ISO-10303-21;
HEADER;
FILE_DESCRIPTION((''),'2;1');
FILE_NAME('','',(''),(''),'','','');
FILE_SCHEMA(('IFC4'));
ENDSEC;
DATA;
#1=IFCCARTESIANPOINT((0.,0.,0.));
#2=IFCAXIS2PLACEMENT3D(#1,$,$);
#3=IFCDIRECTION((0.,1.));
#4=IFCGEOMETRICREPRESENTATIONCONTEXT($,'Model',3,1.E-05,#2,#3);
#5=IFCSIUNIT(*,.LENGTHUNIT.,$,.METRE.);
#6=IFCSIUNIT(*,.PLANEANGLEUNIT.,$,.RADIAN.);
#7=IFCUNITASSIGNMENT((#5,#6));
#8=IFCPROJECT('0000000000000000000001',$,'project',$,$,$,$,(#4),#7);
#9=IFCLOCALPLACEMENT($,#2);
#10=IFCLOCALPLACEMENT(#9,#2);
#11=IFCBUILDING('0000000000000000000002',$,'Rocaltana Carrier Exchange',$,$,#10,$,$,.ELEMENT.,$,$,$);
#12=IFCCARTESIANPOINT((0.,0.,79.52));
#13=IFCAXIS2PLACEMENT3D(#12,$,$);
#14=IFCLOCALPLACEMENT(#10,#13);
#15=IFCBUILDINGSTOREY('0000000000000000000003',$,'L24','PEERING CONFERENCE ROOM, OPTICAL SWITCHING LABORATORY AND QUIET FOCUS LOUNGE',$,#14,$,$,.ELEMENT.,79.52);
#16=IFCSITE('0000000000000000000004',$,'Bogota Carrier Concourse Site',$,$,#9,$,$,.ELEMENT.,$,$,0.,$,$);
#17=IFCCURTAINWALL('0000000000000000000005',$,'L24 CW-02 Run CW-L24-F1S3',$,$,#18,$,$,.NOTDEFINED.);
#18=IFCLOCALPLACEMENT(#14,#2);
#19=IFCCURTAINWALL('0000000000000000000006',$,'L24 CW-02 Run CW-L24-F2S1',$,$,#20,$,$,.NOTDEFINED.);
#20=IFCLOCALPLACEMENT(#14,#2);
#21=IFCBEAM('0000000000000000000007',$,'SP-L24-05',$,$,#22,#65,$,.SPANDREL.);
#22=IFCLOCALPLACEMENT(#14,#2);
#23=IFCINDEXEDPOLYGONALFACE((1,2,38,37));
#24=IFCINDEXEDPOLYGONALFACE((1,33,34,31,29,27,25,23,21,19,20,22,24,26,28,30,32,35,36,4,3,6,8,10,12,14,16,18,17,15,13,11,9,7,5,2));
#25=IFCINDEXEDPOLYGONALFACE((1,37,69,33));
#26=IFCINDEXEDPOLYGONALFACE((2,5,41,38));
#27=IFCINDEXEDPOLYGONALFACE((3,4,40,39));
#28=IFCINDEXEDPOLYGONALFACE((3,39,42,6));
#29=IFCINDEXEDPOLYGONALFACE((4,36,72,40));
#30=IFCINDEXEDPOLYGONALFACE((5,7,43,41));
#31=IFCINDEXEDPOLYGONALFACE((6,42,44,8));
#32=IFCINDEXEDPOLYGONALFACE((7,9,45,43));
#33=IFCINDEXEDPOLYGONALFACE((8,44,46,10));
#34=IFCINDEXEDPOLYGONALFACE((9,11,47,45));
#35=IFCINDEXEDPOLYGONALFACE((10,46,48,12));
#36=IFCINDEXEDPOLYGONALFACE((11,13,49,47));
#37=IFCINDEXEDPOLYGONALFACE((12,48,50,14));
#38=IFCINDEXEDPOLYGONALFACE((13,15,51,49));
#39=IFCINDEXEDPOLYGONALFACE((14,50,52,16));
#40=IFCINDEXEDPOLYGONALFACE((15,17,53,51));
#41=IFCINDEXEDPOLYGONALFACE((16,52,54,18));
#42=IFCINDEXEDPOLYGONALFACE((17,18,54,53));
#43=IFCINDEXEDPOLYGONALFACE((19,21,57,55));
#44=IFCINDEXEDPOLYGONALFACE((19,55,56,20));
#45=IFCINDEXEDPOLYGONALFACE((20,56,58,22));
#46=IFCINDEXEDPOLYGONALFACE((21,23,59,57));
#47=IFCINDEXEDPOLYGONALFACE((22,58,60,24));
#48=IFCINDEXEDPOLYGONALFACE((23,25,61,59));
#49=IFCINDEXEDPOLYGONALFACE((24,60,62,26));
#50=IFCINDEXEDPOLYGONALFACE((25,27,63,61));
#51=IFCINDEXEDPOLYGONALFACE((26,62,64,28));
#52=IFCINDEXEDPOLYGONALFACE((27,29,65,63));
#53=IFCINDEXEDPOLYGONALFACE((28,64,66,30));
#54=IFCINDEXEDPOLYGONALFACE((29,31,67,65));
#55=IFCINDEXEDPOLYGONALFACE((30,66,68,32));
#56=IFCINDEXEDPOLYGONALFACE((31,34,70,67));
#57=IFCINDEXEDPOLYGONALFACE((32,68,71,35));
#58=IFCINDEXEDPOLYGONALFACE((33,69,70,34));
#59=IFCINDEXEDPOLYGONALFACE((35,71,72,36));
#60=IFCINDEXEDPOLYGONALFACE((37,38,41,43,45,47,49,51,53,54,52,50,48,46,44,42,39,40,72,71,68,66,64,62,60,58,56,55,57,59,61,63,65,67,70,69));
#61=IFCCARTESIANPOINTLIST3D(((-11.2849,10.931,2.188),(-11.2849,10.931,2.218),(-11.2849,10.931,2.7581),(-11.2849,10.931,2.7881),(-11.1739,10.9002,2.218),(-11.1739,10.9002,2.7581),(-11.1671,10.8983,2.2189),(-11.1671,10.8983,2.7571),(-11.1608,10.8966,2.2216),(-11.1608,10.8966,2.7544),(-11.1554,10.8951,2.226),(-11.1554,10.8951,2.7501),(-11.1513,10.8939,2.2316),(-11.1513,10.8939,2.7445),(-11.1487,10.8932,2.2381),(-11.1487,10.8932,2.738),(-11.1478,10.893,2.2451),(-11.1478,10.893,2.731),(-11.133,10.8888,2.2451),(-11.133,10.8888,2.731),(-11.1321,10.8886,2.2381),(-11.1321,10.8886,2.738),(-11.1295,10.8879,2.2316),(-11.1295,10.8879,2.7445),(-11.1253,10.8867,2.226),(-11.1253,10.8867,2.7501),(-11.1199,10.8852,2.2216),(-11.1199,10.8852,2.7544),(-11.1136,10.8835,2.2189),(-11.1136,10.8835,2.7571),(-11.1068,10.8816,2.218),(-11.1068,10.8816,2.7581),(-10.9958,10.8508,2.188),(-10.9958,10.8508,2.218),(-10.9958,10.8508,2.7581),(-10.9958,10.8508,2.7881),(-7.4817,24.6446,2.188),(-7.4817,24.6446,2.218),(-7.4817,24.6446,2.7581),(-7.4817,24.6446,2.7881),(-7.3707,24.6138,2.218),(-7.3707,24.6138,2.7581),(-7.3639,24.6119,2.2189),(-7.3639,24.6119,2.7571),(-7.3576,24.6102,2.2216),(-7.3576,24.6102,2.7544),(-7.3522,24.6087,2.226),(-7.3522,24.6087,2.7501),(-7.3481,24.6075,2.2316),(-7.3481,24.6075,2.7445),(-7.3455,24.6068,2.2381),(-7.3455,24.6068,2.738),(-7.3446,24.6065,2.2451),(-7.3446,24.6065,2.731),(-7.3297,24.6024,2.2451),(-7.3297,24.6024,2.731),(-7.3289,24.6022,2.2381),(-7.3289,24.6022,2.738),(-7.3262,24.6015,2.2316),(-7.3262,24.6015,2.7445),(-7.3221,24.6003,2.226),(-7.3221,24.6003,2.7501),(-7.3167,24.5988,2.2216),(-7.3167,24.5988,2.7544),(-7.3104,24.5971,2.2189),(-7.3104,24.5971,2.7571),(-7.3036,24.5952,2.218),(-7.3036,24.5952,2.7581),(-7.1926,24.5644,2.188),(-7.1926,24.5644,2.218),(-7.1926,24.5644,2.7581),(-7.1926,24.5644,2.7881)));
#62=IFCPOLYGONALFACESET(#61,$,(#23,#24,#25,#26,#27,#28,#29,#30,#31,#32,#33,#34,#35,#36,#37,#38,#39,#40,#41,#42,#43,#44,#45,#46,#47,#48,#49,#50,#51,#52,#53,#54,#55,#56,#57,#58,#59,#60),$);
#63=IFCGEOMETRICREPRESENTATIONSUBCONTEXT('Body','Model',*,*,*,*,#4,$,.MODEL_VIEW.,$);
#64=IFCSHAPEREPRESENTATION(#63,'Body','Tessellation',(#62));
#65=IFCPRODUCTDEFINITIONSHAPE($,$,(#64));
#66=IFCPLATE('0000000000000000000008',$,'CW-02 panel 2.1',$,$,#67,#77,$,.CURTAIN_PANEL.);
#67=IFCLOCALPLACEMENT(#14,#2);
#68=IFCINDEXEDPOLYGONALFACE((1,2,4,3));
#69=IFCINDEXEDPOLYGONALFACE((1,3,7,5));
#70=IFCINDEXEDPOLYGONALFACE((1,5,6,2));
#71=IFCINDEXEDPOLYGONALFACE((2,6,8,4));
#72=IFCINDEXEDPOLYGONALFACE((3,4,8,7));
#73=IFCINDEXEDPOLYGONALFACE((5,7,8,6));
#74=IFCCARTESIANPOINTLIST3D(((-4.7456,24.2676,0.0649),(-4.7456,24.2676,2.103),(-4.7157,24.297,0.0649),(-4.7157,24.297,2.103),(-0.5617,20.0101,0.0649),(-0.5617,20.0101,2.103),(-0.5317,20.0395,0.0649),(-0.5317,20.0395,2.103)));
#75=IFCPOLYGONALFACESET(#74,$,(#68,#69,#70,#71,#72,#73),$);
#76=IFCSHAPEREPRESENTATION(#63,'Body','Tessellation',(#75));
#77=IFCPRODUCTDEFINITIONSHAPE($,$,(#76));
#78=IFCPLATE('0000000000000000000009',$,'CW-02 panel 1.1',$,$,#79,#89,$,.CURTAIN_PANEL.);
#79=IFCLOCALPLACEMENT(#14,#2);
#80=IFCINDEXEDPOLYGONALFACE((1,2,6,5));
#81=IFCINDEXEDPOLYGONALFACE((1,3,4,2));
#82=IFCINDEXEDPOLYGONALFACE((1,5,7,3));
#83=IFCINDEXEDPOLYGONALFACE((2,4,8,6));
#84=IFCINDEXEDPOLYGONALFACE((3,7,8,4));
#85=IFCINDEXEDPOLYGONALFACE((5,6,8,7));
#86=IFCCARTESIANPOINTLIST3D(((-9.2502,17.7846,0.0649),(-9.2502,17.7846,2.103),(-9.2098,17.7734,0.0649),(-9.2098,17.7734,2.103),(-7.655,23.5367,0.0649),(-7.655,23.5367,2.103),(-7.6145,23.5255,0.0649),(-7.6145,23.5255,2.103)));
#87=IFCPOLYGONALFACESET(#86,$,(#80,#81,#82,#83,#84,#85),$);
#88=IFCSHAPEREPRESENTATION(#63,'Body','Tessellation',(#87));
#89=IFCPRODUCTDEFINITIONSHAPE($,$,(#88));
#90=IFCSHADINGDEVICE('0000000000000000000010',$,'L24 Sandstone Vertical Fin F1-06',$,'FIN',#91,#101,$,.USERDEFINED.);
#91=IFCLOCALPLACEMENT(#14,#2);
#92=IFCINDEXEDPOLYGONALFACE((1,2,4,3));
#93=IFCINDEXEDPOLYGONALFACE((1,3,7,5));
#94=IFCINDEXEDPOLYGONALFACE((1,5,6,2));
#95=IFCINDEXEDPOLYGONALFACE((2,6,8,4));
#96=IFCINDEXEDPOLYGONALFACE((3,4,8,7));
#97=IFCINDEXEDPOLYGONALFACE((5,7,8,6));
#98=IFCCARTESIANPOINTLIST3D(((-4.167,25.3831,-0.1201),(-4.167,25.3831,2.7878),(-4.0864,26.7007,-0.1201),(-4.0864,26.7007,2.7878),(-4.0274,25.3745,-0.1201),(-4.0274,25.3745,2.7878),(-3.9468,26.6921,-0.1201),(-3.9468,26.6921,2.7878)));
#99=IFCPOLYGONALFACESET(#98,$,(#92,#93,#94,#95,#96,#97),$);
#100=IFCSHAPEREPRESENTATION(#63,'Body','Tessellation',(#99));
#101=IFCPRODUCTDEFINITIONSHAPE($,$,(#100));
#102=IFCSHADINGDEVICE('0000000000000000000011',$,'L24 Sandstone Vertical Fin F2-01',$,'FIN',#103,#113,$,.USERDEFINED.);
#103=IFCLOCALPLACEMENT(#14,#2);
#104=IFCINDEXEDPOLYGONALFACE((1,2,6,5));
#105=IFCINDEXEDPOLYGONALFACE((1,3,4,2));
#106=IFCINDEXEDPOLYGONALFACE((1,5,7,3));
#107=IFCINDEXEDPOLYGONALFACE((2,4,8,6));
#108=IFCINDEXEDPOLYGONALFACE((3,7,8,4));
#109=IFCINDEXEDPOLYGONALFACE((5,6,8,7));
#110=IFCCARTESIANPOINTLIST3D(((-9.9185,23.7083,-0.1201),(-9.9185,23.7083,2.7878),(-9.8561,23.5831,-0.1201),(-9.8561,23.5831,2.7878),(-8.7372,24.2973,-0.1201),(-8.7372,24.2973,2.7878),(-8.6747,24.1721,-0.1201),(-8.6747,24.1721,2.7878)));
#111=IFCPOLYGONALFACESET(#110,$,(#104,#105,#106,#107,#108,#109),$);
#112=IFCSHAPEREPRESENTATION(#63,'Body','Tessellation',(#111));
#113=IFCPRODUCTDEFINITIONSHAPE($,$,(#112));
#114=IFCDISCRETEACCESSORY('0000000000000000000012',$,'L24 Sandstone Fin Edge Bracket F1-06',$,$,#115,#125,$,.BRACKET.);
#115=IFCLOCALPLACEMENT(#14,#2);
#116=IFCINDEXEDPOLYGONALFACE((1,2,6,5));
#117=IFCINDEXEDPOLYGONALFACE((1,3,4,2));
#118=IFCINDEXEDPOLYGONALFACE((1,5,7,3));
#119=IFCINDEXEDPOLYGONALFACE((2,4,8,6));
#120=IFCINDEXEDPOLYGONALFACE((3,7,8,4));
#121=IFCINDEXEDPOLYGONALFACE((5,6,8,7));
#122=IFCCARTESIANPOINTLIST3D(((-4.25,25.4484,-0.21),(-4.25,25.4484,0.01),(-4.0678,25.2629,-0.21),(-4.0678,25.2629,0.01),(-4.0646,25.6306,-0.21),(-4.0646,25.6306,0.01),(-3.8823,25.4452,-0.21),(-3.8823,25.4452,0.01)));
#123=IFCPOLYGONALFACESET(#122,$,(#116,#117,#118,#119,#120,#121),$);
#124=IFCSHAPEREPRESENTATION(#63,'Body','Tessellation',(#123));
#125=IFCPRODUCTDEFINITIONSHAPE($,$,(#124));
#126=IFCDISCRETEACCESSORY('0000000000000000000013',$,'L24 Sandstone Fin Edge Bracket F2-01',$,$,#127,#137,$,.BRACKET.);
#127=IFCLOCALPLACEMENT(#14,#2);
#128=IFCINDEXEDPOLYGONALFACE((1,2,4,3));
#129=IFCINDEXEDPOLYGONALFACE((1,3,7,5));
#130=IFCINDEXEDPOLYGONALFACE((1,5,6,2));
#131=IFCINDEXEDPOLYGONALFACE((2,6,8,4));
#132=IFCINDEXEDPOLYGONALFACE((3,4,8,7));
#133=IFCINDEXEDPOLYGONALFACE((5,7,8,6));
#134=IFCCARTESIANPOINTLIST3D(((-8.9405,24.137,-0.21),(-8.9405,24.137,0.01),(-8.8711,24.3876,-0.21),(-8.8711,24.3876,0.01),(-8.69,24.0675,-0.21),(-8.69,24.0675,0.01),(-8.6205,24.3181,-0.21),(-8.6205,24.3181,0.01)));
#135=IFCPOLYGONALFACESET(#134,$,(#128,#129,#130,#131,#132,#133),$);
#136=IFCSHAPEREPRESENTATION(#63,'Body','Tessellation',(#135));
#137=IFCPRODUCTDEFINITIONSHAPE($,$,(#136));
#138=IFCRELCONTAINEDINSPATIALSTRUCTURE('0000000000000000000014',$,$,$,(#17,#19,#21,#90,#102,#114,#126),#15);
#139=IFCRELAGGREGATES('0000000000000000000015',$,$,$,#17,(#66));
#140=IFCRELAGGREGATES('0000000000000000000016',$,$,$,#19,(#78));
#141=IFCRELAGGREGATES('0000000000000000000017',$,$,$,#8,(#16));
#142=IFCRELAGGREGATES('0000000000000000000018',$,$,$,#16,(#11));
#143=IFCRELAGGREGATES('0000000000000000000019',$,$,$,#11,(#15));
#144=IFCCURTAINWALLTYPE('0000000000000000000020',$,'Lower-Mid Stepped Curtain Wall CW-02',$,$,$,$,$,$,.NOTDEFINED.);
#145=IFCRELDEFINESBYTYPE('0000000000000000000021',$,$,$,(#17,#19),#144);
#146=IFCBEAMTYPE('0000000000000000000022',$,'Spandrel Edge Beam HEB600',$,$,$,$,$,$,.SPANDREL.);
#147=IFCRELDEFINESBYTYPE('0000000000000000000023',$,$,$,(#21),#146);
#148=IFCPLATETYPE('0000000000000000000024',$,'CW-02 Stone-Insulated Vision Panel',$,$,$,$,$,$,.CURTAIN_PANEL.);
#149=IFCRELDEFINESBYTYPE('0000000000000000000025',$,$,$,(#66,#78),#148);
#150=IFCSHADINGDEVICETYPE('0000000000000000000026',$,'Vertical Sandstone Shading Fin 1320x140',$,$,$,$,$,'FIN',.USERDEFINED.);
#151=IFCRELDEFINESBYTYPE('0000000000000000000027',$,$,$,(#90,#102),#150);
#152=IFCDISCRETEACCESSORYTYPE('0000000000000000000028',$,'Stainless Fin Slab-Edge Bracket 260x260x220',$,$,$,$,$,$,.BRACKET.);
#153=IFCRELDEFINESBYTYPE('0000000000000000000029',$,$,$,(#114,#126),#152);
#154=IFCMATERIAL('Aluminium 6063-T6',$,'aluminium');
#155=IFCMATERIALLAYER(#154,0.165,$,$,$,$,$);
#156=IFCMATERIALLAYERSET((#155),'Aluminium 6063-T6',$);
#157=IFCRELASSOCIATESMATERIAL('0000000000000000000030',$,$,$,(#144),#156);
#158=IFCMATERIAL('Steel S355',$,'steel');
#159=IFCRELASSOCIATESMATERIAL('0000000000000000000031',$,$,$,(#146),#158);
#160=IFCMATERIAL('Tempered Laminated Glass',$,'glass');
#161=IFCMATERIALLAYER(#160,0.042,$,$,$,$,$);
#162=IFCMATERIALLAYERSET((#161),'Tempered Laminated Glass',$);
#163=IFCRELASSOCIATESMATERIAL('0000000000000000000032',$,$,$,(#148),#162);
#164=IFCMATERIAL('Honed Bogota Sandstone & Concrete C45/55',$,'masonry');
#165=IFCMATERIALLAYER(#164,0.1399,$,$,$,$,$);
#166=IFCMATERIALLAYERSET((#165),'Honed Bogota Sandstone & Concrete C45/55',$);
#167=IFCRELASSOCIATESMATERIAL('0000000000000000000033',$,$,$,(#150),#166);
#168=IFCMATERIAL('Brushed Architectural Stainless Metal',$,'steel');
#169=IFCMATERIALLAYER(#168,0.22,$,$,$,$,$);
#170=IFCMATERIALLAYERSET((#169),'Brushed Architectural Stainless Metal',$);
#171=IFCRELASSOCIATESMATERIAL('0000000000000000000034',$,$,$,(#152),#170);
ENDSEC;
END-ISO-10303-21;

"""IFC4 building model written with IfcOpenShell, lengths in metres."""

from ifc_helpers import new_model, si_unit, direction, frame, origin, origin_2d, place, context, subcontext, project, spatial, rectangle, i_section, extrude, material, layer, layer_set, material_profile, profile_set, type_object, element, aggregate, save


model = new_model("IFC4")

# Units and contexts
model_context = context("Model", 3, precision=1e-05, world=origin(), true_north=direction((0.0, 1.0)))
body_context = subcontext(model_context, "Body", "Model", "MODEL_VIEW")
ifc_project = project(units=[si_unit("LENGTHUNIT", "METRE"), si_unit("PLANEANGLEUNIT", "RADIAN")], contexts=[model_context])

# Site, building, storey
site_placement = place(None, origin())
site = spatial("IfcSite", under=ifc_project, at=site_placement, Name="Bogota Carrier Concourse Site", CompositionType="ELEMENT", RefElevation=0.0)
building_placement = place(site_placement, origin())
building = spatial("IfcBuilding", under=site, at=building_placement, Name="Rocaltana Carrier Exchange", CompositionType="ELEMENT")
storey_placement = place(building_placement, frame((0.0, 0.0, 79.52)))
storey = spatial("IfcBuildingStorey", under=building, at=storey_placement, Name="L24", Description="PEERING CONFERENCE ROOM, OPTICAL SWITCHING LABORATORY AND QUIET FOCUS LOUNGE", CompositionType="ELEMENT", Elevation=79.52)

# Curtain wall
ifc_material_1 = material(Name="Aluminium 6063-T6", Category="aluminium")
ifc_layer_1 = layer(ifc_material_1, 0.165)
ifc_layer_set_1 = layer_set([ifc_layer_1], Name="Aluminium 6063-T6")
curtain_wall_type = type_object("IfcCurtainWallType", Name="Lower-Mid Stepped Curtain Wall CW-02", PredefinedType="NOTDEFINED", material=ifc_layer_set_1)
curtain_wall_1_placement = place(storey_placement, origin())
curtain_wall_1 = element("IfcCurtainWall", 1, at=curtain_wall_1_placement, inside=storey, type_object=curtain_wall_type, Name="L24 CW-02 Run CW-L24-F1S3", PredefinedType="NOTDEFINED")

# Curtain wall
curtain_wall_2_placement = place(storey_placement, origin())
curtain_wall_2 = element("IfcCurtainWall", 2, at=curtain_wall_2_placement, inside=storey, type_object=curtain_wall_type, Name="L24 CW-02 Run CW-L24-F2S1", PredefinedType="NOTDEFINED")

# Beam
ifc_material_2 = material(Name="Steel S355", Category="steel")
ifc_material_profile_1 = material_profile(ifc_material_2, i_section(OverallWidth=0.3, OverallDepth=0.6001, WebThickness=0.0154, FlangeThickness=0.03, FilletRadius=0.0271, at=origin_2d()), Name="HEB600")
ifc_profile_set_1 = profile_set([ifc_material_profile_1], Name="Steel S355")
beam_type_1 = type_object("IfcBeamType", Name="Spandrel Edge Beam HEB600", PredefinedType="SPANDREL", material=ifc_profile_set_1)
beam_1_placement = place(storey_placement, frame((-7.3372, 24.6045, 2.488), z_axis=(-0.267245, -0.963629, 0.0), x_axis=(0.963629, -0.267245, 0.0)))
element("IfcBeam", 3, at=beam_1_placement, inside=storey, type_object=beam_type_1, Name="SP-L24-05", PredefinedType="SPANDREL", context=body_context, shape_type="SweptSolid", body=[
    extrude(i_section(OverallWidth=0.3, OverallDepth=0.6001, WebThickness=0.0154, FlangeThickness=0.03, FilletRadius=0.0271, at=origin_2d()), origin(), (0.0, 0.0, 1.0), 14.2312),
])

# Plates
ifc_material_3 = material(Name="Tempered Laminated Glass", Category="glass")
ifc_layer_2 = layer(ifc_material_3, 0.042)
ifc_layer_set_2 = layer_set([ifc_layer_2], Name="Tempered Laminated Glass")
plate_type = type_object("IfcPlateType", Name="CW-02 Stone-Insulated Vision Panel", PredefinedType="CURTAIN_PANEL", material=ifc_layer_set_2)
plate_1_placement = place(storey_placement, frame((-2.6387, 22.1536, 0.0649), z_axis=(0.0, 0.0, 1.0), x_axis=(-0.700915, 0.713245, 0.0)))
plate_1 = element("IfcPlate", 4, at=plate_1_placement, type_object=plate_type, Name="CW-02 panel 2.1", PredefinedType="CURTAIN_PANEL", context=body_context, shape_type="SweptSolid", body=[
    extrude(rectangle(XDim=5.9692, YDim=0.042, at=origin_2d()), origin(), (0.0, 0.0, 1.0), 2.0381),
])
aggregate(curtain_wall_1, [plate_1])
plate_2_placement = place(storey_placement, frame((-8.4324, 20.655, 0.0649), z_axis=(0.0, 0.0, 1.0), x_axis=(-0.267246, -0.963628, 0.0)))
plate_2 = element("IfcPlate", 5, at=plate_2_placement, type_object=plate_type, Name="CW-02 panel 1.1", PredefinedType="CURTAIN_PANEL", context=body_context, shape_type="SweptSolid", body=[
    extrude(rectangle(XDim=5.9692, YDim=0.042, at=origin_2d()), origin(), (0.0, 0.0, 1.0), 2.0381),
])
aggregate(curtain_wall_2, [plate_2])

# Shading devices
ifc_material_4 = material(Name="Honed Bogota Sandstone & Concrete C45/55", Category="masonry")
ifc_layer_3 = layer(ifc_material_4, 0.1399)
ifc_layer_set_3 = layer_set([ifc_layer_3], Name="Honed Bogota Sandstone & Concrete C45/55")
shading_device_type = type_object("IfcShadingDeviceType", Name="Vertical Sandstone Shading Fin 1320x140", ElementType="FIN", PredefinedType="USERDEFINED", material=ifc_layer_set_3)
for number, where, z_axis, x_axis, name in (
    (6, (-4.0569, 26.0376, -0.1201), (0.0, 0.0, 1.0), (0.061049, 0.998135, 0.0), "L24 Sandstone Vertical Fin F1-06"),
    (7, (-9.2966, 23.9402, -0.1201), (0.0, 0.0, 1.0), (-0.894934, -0.446198, 0.0), "L24 Sandstone Vertical Fin F2-01"),
):
    element("IfcShadingDevice", number, at=place(storey_placement, frame(where, z_axis=z_axis, x_axis=x_axis)), inside=storey, type_object=shading_device_type, Name=name, ObjectType="FIN", PredefinedType="USERDEFINED", context=body_context, shape_type="SweptSolid", body=[
        extrude(rectangle(XDim=1.3201, YDim=0.1399, at=origin_2d()), origin(), (0.0, 0.0, 1.0), 2.908),
    ])

# Discrete accessories
ifc_material_5 = material(Name="Brushed Architectural Stainless Metal", Category="steel")
ifc_layer_4 = layer(ifc_material_5, 0.22)
ifc_layer_set_4 = layer_set([ifc_layer_4], Name="Brushed Architectural Stainless Metal")
discrete_accessory_type = type_object("IfcDiscreteAccessoryType", Name="Stainless Fin Slab-Edge Bracket 260x260x220", PredefinedType="BRACKET", material=ifc_layer_set_4)
for number, where, z_axis, x_axis, name in (
    (8, (-4.0662, 25.4468, -0.21), (0.0, 0.0, 1.0), (-0.700909, 0.71325, 0.0), "L24 Sandstone Fin Edge Bracket F1-06"),
    (9, (-8.7805, 24.2275, -0.21), (0.0, 0.0, 1.0), (-0.267238, -0.96363, 0.0), "L24 Sandstone Fin Edge Bracket F2-01"),
):
    element("IfcDiscreteAccessory", number, at=place(storey_placement, frame(where, z_axis=z_axis, x_axis=x_axis)), inside=storey, type_object=discrete_accessory_type, Name=name, PredefinedType="BRACKET", context=body_context, shape_type="SweptSolid", body=[
        extrude(rectangle(XDim=0.26, YDim=0.26, at=origin_2d()), origin(), (0.0, 0.0, 1.0), 0.22),
    ])

save(model, "model.ifc")
